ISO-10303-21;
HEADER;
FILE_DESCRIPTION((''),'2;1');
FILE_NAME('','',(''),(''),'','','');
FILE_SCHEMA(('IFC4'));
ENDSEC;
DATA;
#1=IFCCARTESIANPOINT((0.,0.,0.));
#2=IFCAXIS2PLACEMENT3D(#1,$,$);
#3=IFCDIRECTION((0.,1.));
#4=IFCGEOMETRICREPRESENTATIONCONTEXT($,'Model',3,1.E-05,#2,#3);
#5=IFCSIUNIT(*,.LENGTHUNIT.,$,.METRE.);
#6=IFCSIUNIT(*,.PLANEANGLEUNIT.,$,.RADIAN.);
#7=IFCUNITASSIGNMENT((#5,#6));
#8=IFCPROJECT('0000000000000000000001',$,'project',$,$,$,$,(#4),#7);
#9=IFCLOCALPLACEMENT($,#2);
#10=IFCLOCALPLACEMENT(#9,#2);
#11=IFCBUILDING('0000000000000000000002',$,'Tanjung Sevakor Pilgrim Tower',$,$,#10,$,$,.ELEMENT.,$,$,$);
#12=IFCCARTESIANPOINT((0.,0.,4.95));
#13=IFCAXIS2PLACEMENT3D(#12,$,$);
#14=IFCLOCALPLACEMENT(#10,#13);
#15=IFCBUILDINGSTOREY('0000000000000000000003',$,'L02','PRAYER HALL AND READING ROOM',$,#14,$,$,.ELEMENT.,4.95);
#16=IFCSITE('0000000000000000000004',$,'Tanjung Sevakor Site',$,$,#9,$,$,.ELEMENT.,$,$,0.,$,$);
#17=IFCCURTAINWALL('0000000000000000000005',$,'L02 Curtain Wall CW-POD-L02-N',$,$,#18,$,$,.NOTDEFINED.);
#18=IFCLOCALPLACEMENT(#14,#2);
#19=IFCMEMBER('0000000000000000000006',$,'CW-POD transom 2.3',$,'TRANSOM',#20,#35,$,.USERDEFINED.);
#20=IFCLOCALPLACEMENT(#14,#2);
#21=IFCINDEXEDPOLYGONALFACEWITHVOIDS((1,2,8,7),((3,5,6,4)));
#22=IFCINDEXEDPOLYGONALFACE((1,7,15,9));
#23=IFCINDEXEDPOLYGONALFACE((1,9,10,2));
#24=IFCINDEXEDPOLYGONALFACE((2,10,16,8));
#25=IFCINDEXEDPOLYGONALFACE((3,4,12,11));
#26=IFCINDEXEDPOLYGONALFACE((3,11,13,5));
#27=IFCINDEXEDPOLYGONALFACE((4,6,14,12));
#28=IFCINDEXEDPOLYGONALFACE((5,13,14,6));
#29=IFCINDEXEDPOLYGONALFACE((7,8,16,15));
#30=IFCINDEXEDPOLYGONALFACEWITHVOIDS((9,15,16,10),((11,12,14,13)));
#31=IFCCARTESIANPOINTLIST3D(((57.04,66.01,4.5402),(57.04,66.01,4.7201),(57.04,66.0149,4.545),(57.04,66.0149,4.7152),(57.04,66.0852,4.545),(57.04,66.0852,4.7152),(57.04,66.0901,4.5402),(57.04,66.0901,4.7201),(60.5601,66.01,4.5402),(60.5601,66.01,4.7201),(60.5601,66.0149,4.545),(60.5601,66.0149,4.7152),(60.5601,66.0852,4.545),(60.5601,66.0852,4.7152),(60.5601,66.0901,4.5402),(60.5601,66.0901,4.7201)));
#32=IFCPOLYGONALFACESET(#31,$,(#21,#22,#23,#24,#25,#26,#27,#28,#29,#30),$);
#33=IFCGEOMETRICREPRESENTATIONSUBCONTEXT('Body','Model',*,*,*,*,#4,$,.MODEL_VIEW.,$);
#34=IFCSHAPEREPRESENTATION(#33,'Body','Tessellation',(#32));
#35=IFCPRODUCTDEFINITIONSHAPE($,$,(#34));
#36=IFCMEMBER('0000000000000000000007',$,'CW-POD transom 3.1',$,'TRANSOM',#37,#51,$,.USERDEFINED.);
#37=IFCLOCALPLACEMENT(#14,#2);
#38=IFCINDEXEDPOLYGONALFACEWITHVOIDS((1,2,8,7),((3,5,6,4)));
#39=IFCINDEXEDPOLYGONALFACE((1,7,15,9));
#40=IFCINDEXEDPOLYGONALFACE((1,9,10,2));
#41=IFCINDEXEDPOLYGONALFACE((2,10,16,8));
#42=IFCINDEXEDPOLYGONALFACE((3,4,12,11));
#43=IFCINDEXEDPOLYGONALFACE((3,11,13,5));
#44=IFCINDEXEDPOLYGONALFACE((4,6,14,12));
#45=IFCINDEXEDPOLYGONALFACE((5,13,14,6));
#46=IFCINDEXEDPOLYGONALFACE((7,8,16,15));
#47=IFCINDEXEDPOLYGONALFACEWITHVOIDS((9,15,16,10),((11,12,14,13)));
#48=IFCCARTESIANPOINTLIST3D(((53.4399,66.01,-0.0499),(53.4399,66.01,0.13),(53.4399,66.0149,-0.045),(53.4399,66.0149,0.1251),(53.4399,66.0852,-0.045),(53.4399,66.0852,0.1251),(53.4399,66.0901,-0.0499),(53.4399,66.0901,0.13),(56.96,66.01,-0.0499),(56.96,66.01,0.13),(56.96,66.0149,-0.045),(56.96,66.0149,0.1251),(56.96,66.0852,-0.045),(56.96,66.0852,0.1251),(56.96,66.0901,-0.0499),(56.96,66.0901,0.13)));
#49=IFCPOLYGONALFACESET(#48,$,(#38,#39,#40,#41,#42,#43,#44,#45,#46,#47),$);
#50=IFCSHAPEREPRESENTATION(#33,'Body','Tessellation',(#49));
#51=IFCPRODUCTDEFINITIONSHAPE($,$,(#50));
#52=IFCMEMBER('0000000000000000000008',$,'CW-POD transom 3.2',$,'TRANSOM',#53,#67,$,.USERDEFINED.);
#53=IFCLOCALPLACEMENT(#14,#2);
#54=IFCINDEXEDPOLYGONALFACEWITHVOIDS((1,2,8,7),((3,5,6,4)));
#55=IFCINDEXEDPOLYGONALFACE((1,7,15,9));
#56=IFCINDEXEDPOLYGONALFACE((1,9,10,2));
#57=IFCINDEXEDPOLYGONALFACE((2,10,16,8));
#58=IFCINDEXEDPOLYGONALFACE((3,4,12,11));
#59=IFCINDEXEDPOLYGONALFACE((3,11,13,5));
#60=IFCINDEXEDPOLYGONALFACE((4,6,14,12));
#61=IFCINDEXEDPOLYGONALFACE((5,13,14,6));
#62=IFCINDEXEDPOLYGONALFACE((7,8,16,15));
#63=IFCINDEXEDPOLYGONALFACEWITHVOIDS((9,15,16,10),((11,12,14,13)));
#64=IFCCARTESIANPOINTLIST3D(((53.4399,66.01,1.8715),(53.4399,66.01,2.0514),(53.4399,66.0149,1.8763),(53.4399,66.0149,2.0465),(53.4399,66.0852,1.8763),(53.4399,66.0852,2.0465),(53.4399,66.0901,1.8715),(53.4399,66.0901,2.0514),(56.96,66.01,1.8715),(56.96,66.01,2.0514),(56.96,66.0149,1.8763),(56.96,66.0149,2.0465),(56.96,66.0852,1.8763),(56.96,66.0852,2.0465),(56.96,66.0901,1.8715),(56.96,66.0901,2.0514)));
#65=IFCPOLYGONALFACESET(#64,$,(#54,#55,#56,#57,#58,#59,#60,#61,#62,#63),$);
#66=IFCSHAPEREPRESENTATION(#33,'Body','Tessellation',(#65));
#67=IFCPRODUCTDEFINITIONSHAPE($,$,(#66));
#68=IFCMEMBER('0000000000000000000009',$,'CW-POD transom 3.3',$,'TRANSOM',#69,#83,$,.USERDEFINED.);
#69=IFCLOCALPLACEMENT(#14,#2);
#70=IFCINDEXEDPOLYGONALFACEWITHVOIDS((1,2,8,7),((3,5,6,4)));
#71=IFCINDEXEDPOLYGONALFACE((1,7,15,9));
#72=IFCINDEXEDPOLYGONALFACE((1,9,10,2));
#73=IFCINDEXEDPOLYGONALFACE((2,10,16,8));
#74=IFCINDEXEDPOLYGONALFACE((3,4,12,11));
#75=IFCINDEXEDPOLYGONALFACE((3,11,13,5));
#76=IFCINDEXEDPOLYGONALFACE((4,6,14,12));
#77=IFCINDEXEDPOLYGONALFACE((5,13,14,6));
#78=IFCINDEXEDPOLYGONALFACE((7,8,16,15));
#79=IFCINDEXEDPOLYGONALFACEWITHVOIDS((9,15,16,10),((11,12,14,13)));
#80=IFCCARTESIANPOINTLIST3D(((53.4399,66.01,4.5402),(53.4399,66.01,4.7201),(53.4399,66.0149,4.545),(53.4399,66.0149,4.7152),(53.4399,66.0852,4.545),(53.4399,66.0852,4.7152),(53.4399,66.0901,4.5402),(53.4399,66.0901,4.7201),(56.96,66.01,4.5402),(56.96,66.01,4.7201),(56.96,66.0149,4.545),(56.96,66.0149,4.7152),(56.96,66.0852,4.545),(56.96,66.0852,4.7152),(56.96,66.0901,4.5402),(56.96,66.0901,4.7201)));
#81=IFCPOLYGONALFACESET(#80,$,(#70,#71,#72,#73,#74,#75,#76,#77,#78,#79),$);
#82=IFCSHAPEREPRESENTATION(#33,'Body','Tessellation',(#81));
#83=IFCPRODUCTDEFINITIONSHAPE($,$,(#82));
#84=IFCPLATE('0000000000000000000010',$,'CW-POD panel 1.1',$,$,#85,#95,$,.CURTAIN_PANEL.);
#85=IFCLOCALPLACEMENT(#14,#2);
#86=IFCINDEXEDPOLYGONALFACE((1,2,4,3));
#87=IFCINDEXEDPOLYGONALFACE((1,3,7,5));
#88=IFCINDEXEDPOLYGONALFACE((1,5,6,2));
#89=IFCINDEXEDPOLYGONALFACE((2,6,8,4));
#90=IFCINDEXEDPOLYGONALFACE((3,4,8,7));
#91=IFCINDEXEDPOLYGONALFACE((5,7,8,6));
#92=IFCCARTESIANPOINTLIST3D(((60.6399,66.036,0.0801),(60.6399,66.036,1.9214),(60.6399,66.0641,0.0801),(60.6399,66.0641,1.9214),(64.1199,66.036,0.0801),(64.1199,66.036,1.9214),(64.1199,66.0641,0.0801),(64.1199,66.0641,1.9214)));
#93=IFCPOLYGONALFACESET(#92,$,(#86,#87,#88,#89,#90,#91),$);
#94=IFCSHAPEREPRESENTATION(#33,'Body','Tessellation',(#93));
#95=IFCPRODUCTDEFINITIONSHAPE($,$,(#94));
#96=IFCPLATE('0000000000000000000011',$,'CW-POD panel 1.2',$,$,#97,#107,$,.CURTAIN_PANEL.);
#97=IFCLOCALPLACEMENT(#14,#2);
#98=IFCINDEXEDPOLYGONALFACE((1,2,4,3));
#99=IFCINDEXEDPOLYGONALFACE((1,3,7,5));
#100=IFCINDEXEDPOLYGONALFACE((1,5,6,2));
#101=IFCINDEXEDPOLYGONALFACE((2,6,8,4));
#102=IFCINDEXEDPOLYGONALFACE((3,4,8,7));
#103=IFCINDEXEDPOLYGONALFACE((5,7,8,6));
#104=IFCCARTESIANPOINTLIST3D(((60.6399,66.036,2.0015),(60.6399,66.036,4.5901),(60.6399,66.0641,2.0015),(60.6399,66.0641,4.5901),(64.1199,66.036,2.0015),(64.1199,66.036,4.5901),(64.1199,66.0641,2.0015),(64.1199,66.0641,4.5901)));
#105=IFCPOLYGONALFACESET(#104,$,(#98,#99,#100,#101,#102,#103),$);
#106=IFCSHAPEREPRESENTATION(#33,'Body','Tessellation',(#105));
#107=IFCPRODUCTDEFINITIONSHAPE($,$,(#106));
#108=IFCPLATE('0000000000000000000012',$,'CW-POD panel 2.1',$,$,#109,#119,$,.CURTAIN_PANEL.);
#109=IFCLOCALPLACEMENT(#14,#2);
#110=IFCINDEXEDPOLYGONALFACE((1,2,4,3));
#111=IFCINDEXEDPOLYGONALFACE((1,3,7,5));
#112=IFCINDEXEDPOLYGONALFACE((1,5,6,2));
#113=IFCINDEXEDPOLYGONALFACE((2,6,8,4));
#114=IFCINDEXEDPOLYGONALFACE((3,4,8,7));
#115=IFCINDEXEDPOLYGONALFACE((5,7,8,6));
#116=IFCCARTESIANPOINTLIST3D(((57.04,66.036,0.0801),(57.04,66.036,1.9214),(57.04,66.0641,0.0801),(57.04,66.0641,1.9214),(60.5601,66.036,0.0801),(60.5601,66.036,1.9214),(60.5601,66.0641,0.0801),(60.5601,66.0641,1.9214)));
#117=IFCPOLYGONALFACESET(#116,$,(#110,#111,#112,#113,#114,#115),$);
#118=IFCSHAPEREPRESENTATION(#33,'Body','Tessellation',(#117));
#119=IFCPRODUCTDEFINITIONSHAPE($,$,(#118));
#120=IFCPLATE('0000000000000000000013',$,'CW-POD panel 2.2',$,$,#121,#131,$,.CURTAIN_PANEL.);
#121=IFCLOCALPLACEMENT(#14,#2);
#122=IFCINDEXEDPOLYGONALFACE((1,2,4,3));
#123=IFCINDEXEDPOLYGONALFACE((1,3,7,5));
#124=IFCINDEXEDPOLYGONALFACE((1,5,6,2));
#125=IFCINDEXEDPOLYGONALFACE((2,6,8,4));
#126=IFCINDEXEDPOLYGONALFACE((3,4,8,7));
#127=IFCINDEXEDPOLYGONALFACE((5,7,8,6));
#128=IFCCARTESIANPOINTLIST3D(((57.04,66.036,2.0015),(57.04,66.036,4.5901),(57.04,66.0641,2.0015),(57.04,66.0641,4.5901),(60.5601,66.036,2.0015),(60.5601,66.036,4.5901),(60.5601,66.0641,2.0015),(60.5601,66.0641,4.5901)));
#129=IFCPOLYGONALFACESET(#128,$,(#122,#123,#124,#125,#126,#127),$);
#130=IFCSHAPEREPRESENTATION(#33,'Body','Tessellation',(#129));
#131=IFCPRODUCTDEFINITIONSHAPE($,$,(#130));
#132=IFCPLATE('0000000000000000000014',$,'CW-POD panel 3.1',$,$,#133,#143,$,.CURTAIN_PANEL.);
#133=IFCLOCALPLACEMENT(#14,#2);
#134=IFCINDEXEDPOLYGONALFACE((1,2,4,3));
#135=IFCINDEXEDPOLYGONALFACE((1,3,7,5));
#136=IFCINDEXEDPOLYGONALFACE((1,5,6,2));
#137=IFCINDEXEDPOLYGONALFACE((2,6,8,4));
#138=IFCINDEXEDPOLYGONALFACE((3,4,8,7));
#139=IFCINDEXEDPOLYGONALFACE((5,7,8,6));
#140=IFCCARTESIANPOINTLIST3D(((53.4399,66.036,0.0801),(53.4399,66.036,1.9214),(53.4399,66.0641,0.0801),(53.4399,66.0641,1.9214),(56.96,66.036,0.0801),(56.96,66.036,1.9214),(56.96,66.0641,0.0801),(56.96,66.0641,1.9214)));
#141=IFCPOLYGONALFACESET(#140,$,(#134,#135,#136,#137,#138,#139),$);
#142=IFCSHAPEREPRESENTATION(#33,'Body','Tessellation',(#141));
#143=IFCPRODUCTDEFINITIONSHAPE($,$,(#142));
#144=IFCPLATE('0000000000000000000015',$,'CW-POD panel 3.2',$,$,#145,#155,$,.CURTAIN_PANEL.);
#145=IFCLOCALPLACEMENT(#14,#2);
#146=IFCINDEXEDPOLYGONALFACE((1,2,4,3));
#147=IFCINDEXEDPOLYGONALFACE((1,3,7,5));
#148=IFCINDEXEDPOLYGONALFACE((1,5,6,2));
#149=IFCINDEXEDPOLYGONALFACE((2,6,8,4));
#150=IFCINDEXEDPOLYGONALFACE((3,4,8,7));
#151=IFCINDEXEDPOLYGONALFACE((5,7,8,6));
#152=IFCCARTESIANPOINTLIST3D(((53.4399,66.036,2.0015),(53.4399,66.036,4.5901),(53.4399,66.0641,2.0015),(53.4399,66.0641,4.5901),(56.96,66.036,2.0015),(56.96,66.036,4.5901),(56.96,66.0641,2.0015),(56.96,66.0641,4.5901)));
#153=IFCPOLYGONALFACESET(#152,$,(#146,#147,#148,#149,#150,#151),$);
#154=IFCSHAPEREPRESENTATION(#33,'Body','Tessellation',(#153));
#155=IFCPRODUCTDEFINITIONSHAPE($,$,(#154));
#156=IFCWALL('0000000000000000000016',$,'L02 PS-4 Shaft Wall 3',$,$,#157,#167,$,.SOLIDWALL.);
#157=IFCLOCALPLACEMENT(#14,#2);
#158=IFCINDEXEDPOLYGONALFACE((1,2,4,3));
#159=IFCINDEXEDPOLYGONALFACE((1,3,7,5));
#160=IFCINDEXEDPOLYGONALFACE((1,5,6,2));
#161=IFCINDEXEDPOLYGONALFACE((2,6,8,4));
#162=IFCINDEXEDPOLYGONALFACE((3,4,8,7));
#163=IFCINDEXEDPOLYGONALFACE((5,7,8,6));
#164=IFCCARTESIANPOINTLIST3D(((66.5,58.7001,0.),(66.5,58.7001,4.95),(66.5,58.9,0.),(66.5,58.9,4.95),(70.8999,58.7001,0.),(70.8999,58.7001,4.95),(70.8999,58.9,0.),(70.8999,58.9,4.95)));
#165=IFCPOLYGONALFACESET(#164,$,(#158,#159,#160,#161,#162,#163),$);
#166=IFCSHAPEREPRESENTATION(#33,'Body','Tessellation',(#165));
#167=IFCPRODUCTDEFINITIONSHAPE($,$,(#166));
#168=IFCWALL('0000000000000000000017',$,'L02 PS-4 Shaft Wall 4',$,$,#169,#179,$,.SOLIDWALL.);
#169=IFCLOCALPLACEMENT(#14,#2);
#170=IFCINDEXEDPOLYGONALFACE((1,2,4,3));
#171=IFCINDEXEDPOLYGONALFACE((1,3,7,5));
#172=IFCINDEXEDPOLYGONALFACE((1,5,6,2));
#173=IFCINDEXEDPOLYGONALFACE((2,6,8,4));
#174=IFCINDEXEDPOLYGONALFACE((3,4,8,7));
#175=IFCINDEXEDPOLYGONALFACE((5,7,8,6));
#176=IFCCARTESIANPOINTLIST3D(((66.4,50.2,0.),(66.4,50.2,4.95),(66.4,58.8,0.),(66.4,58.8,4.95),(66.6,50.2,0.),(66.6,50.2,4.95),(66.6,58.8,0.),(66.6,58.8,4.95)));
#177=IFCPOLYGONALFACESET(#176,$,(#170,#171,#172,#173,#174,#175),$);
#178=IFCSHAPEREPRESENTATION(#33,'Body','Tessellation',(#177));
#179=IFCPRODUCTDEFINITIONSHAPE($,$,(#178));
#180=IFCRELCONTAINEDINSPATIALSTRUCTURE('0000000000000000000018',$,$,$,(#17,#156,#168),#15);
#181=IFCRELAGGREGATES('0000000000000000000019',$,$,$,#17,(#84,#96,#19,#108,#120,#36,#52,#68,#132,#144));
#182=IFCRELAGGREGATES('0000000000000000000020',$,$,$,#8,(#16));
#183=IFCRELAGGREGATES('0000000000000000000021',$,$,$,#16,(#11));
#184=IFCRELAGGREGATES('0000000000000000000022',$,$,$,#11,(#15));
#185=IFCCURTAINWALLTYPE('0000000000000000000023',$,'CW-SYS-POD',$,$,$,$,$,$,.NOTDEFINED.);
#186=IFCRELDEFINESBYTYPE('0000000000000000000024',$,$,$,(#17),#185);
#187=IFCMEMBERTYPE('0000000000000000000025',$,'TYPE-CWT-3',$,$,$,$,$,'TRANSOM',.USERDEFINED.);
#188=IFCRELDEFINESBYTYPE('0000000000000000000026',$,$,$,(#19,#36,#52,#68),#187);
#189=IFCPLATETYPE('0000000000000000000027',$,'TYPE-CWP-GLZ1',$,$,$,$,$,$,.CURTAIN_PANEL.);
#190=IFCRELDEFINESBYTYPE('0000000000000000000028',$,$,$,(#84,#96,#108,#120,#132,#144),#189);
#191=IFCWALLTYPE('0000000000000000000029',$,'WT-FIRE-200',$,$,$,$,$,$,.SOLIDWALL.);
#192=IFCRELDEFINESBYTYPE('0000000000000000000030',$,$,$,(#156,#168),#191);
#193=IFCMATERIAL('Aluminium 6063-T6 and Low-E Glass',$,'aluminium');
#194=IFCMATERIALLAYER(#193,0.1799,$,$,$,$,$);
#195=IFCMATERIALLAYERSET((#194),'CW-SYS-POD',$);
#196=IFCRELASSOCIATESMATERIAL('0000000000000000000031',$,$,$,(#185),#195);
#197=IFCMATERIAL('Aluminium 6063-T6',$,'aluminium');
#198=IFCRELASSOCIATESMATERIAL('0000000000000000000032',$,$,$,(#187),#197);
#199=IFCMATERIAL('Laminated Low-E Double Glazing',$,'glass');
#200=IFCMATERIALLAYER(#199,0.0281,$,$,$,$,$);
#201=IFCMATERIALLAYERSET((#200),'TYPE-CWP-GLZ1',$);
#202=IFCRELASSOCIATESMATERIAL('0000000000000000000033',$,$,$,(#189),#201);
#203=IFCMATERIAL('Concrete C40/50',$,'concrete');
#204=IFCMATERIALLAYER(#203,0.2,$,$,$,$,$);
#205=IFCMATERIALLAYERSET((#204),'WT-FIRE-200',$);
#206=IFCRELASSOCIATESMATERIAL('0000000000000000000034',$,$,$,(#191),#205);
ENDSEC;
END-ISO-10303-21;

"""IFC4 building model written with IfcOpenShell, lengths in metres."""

from ifc_helpers import new_model, si_unit, direction, frame, frame_2d, origin, origin_2d, place, context, subcontext, project, spatial, rectangle, hollow_rectangle, extrude, material, layer, layer_set, material_profile, profile_set, type_object, element, aggregate, save


model = new_model("IFC4")

# Units and contexts
model_context = context("Model", 3, precision=1e-05, world=origin(), true_north=direction((0.0, 1.0)))
body_context = subcontext(model_context, "Body", "Model", "MODEL_VIEW")
ifc_project = project(units=[si_unit("LENGTHUNIT", "METRE"), si_unit("PLANEANGLEUNIT", "RADIAN")], contexts=[model_context])

# Site, building, storey
site_placement = place(None, origin())
site = spatial("IfcSite", under=ifc_project, at=site_placement, Name="Tanjung Sevakor Site", CompositionType="ELEMENT", RefElevation=0.0)
building_placement = place(site_placement, origin())
building = spatial("IfcBuilding", under=site, at=building_placement, Name="Tanjung Sevakor Pilgrim Tower", CompositionType="ELEMENT")
storey_placement = place(building_placement, frame((0.0, 0.0, 4.95)))
storey = spatial("IfcBuildingStorey", under=building, at=storey_placement, Name="L02", Description="PRAYER HALL AND READING ROOM", CompositionType="ELEMENT", Elevation=4.95)

# Curtain wall, members, plates
ifc_material_1 = material(Name="Aluminium 6063-T6 and Low-E Glass", Category="aluminium")
ifc_layer_1 = layer(ifc_material_1, 0.1799)
ifc_layer_set_1 = layer_set([ifc_layer_1], Name="CW-SYS-POD")
curtain_wall_type = type_object("IfcCurtainWallType", Name="CW-SYS-POD", PredefinedType="NOTDEFINED", material=ifc_layer_set_1)
curtain_wall_placement = place(storey_placement, origin())
curtain_wall = element("IfcCurtainWall", 1, at=curtain_wall_placement, inside=storey, type_object=curtain_wall_type, Name="L02 Curtain Wall CW-POD-L02-N", PredefinedType="NOTDEFINED")
ifc_material_2 = material(Name="Aluminium 6063-T6", Category="aluminium")
ifc_material_profile_1 = material_profile(ifc_material_2, hollow_rectangle(XDim=0.0801, YDim=0.1799, WallThickness=0.0049, at=origin_2d()))
ifc_profile_set_1 = profile_set([ifc_material_profile_1], Name="Aluminium 6063-T6")
member_type_1 = type_object("IfcMemberType", Name="TYPE-CWT-3", ElementType="TRANSOM", PredefinedType="USERDEFINED", material=ifc_profile_set_1)
member_1_placement = place(storey_placement, frame((60.5601, 66.05, 4.6301), z_axis=(-1.0, 0.0, 0.0), x_axis=(0.0, -1.0, 0.0)))
member_1 = element("IfcMember", 2, at=member_1_placement, type_object=member_type_1, Name="CW-POD transom 2.3", ObjectType="TRANSOM", PredefinedType="USERDEFINED", context=body_context, shape_type="SweptSolid", body=[
    extrude(hollow_rectangle(XDim=0.0801, YDim=0.1799, WallThickness=0.0049, at=origin_2d()), origin(), (0.0, 0.0, 1.0), 3.52),
])
member_2_placement = place(storey_placement, frame((56.96, 66.05, 0.04), z_axis=(-1.0, 0.0, 0.0), x_axis=(0.0, -1.0, 0.0)))
member_2 = element("IfcMember", 3, at=member_2_placement, type_object=member_type_1, Name="CW-POD transom 3.1", ObjectType="TRANSOM", PredefinedType="USERDEFINED", context=body_context, shape_type="SweptSolid", body=[
    extrude(hollow_rectangle(XDim=0.0801, YDim=0.1799, WallThickness=0.0049, at=origin_2d()), origin(), (0.0, 0.0, 1.0), 3.52),
])
member_3_placement = place(storey_placement, frame((56.96, 66.05, 1.9614), z_axis=(-1.0, 0.0, 0.0), x_axis=(0.0, -1.0, 0.0)))
member_3 = element("IfcMember", 4, at=member_3_placement, type_object=member_type_1, Name="CW-POD transom 3.2", ObjectType="TRANSOM", PredefinedType="USERDEFINED", context=body_context, shape_type="SweptSolid", body=[
    extrude(hollow_rectangle(XDim=0.0801, YDim=0.1799, WallThickness=0.0049, at=origin_2d()), origin(), (0.0, 0.0, 1.0), 3.52),
])
member_4_placement = place(storey_placement, frame((56.96, 66.05, 4.6301), z_axis=(-1.0, 0.0, 0.0), x_axis=(0.0, -1.0, 0.0)))
member_4 = element("IfcMember", 5, at=member_4_placement, type_object=member_type_1, Name="CW-POD transom 3.3", ObjectType="TRANSOM", PredefinedType="USERDEFINED", context=body_context, shape_type="SweptSolid", body=[
    extrude(hollow_rectangle(XDim=0.0801, YDim=0.1799, WallThickness=0.0049, at=origin_2d()), origin(), (0.0, 0.0, 1.0), 3.52),
])
ifc_material_3 = material(Name="Laminated Low-E Double Glazing", Category="glass")
ifc_layer_2 = layer(ifc_material_3, 0.0281)
ifc_layer_set_2 = layer_set([ifc_layer_2], Name="TYPE-CWP-GLZ1")
plate_type = type_object("IfcPlateType", Name="TYPE-CWP-GLZ1", PredefinedType="CURTAIN_PANEL", material=ifc_layer_set_2)
plate_1_placement = place(storey_placement, frame((62.3799, 66.05, 0.0801), z_axis=(0.0, 0.0, 1.0), x_axis=(-1.0, 0.0, 0.0)))
plate_1 = element("IfcPlate", 6, at=plate_1_placement, type_object=plate_type, Name="CW-POD panel 1.1", PredefinedType="CURTAIN_PANEL", context=body_context, shape_type="SweptSolid", body=[
    extrude(rectangle(XDim=3.48, YDim=0.0281, at=origin_2d()), origin(), (0.0, 0.0, 1.0), 1.8413),
])
plate_2_placement = place(storey_placement, frame((62.3799, 66.05, 2.0015), z_axis=(0.0, 0.0, 1.0), x_axis=(-1.0, 0.0, 0.0)))
plate_2 = element("IfcPlate", 7, at=plate_2_placement, type_object=plate_type, Name="CW-POD panel 1.2", PredefinedType="CURTAIN_PANEL", context=body_context, shape_type="SweptSolid", body=[
    extrude(rectangle(XDim=3.48, YDim=0.0281, at=origin_2d()), origin(), (0.0, 0.0, 1.0), 2.5886),
])
plate_3_placement = place(storey_placement, frame((58.8, 66.05, 0.0801), z_axis=(0.0, 0.0, 1.0), x_axis=(-1.0, 0.0, 0.0)))
plate_3 = element("IfcPlate", 8, at=plate_3_placement, type_object=plate_type, Name="CW-POD panel 2.1", PredefinedType="CURTAIN_PANEL", context=body_context, shape_type="SweptSolid", body=[
    extrude(rectangle(XDim=3.52, YDim=0.0281, at=origin_2d()), origin(), (0.0, 0.0, 1.0), 1.8413),
])
plate_4_placement = place(storey_placement, frame((58.8, 66.05, 2.0015), z_axis=(0.0, 0.0, 1.0), x_axis=(-1.0, 0.0, 0.0)))
plate_4 = element("IfcPlate", 9, at=plate_4_placement, type_object=plate_type, Name="CW-POD panel 2.2", PredefinedType="CURTAIN_PANEL", context=body_context, shape_type="SweptSolid", body=[
    extrude(rectangle(XDim=3.52, YDim=0.0281, at=origin_2d()), origin(), (0.0, 0.0, 1.0), 2.5886),
])
plate_5_placement = place(storey_placement, frame((55.2, 66.05, 0.0801), z_axis=(0.0, 0.0, 1.0), x_axis=(-1.0, 0.0, 0.0)))
plate_5 = element("IfcPlate", 10, at=plate_5_placement, type_object=plate_type, Name="CW-POD panel 3.1", PredefinedType="CURTAIN_PANEL", context=body_context, shape_type="SweptSolid", body=[
    extrude(rectangle(XDim=3.52, YDim=0.0281, at=origin_2d()), origin(), (0.0, 0.0, 1.0), 1.8413),
])
plate_6_placement = place(storey_placement, frame((55.2, 66.05, 2.0015), z_axis=(0.0, 0.0, 1.0), x_axis=(-1.0, 0.0, 0.0)))
plate_6 = element("IfcPlate", 11, at=plate_6_placement, type_object=plate_type, Name="CW-POD panel 3.2", PredefinedType="CURTAIN_PANEL", context=body_context, shape_type="SweptSolid", body=[
    extrude(rectangle(XDim=3.52, YDim=0.0281, at=origin_2d()), origin(), (0.0, 0.0, 1.0), 2.5886),
])
aggregate(curtain_wall, [plate_1, plate_2, member_1, plate_3, plate_4, member_2, member_3, member_4, plate_5, plate_6])

# Walls
ifc_material_4 = material(Name="Concrete C40/50", Category="concrete")
ifc_layer_3 = layer(ifc_material_4, 0.2)
ifc_layer_set_3 = layer_set([ifc_layer_3], Name="WT-FIRE-200")
wall_type = type_object("IfcWallType", Name="WT-FIRE-200", PredefinedType="SOLIDWALL", material=ifc_layer_set_3)
wall_1_placement = place(storey_placement, frame((70.8999, 58.8, 0.0), z_axis=(0.0, 0.0, 1.0), x_axis=(-1.0, 0.0, 0.0)))
element("IfcWall", 12, at=wall_1_placement, inside=storey, type_object=wall_type, Name="L02 PS-4 Shaft Wall 3", PredefinedType="SOLIDWALL", context=body_context, shape_type="SweptSolid", body=[
    extrude(rectangle(XDim=4.3999, YDim=0.2, at=frame_2d((2.2, 0.0))), origin(), (0.0, 0.0, 1.0), 4.95),
])
wall_2_placement = place(storey_placement, frame((66.5, 58.8, 0.0), z_axis=(0.0, 0.0, 1.0), x_axis=(0.0, -1.0, 0.0)))
element("IfcWall", 13, at=wall_2_placement, inside=storey, type_object=wall_type, Name="L02 PS-4 Shaft Wall 4", PredefinedType="SOLIDWALL", context=body_context, shape_type="SweptSolid", body=[
    extrude(rectangle(XDim=8.6001, YDim=0.2, at=frame_2d((4.3, 0.0))), origin(), (0.0, 0.0, 1.0), 4.95),
])

save(model, "model.ifc")
